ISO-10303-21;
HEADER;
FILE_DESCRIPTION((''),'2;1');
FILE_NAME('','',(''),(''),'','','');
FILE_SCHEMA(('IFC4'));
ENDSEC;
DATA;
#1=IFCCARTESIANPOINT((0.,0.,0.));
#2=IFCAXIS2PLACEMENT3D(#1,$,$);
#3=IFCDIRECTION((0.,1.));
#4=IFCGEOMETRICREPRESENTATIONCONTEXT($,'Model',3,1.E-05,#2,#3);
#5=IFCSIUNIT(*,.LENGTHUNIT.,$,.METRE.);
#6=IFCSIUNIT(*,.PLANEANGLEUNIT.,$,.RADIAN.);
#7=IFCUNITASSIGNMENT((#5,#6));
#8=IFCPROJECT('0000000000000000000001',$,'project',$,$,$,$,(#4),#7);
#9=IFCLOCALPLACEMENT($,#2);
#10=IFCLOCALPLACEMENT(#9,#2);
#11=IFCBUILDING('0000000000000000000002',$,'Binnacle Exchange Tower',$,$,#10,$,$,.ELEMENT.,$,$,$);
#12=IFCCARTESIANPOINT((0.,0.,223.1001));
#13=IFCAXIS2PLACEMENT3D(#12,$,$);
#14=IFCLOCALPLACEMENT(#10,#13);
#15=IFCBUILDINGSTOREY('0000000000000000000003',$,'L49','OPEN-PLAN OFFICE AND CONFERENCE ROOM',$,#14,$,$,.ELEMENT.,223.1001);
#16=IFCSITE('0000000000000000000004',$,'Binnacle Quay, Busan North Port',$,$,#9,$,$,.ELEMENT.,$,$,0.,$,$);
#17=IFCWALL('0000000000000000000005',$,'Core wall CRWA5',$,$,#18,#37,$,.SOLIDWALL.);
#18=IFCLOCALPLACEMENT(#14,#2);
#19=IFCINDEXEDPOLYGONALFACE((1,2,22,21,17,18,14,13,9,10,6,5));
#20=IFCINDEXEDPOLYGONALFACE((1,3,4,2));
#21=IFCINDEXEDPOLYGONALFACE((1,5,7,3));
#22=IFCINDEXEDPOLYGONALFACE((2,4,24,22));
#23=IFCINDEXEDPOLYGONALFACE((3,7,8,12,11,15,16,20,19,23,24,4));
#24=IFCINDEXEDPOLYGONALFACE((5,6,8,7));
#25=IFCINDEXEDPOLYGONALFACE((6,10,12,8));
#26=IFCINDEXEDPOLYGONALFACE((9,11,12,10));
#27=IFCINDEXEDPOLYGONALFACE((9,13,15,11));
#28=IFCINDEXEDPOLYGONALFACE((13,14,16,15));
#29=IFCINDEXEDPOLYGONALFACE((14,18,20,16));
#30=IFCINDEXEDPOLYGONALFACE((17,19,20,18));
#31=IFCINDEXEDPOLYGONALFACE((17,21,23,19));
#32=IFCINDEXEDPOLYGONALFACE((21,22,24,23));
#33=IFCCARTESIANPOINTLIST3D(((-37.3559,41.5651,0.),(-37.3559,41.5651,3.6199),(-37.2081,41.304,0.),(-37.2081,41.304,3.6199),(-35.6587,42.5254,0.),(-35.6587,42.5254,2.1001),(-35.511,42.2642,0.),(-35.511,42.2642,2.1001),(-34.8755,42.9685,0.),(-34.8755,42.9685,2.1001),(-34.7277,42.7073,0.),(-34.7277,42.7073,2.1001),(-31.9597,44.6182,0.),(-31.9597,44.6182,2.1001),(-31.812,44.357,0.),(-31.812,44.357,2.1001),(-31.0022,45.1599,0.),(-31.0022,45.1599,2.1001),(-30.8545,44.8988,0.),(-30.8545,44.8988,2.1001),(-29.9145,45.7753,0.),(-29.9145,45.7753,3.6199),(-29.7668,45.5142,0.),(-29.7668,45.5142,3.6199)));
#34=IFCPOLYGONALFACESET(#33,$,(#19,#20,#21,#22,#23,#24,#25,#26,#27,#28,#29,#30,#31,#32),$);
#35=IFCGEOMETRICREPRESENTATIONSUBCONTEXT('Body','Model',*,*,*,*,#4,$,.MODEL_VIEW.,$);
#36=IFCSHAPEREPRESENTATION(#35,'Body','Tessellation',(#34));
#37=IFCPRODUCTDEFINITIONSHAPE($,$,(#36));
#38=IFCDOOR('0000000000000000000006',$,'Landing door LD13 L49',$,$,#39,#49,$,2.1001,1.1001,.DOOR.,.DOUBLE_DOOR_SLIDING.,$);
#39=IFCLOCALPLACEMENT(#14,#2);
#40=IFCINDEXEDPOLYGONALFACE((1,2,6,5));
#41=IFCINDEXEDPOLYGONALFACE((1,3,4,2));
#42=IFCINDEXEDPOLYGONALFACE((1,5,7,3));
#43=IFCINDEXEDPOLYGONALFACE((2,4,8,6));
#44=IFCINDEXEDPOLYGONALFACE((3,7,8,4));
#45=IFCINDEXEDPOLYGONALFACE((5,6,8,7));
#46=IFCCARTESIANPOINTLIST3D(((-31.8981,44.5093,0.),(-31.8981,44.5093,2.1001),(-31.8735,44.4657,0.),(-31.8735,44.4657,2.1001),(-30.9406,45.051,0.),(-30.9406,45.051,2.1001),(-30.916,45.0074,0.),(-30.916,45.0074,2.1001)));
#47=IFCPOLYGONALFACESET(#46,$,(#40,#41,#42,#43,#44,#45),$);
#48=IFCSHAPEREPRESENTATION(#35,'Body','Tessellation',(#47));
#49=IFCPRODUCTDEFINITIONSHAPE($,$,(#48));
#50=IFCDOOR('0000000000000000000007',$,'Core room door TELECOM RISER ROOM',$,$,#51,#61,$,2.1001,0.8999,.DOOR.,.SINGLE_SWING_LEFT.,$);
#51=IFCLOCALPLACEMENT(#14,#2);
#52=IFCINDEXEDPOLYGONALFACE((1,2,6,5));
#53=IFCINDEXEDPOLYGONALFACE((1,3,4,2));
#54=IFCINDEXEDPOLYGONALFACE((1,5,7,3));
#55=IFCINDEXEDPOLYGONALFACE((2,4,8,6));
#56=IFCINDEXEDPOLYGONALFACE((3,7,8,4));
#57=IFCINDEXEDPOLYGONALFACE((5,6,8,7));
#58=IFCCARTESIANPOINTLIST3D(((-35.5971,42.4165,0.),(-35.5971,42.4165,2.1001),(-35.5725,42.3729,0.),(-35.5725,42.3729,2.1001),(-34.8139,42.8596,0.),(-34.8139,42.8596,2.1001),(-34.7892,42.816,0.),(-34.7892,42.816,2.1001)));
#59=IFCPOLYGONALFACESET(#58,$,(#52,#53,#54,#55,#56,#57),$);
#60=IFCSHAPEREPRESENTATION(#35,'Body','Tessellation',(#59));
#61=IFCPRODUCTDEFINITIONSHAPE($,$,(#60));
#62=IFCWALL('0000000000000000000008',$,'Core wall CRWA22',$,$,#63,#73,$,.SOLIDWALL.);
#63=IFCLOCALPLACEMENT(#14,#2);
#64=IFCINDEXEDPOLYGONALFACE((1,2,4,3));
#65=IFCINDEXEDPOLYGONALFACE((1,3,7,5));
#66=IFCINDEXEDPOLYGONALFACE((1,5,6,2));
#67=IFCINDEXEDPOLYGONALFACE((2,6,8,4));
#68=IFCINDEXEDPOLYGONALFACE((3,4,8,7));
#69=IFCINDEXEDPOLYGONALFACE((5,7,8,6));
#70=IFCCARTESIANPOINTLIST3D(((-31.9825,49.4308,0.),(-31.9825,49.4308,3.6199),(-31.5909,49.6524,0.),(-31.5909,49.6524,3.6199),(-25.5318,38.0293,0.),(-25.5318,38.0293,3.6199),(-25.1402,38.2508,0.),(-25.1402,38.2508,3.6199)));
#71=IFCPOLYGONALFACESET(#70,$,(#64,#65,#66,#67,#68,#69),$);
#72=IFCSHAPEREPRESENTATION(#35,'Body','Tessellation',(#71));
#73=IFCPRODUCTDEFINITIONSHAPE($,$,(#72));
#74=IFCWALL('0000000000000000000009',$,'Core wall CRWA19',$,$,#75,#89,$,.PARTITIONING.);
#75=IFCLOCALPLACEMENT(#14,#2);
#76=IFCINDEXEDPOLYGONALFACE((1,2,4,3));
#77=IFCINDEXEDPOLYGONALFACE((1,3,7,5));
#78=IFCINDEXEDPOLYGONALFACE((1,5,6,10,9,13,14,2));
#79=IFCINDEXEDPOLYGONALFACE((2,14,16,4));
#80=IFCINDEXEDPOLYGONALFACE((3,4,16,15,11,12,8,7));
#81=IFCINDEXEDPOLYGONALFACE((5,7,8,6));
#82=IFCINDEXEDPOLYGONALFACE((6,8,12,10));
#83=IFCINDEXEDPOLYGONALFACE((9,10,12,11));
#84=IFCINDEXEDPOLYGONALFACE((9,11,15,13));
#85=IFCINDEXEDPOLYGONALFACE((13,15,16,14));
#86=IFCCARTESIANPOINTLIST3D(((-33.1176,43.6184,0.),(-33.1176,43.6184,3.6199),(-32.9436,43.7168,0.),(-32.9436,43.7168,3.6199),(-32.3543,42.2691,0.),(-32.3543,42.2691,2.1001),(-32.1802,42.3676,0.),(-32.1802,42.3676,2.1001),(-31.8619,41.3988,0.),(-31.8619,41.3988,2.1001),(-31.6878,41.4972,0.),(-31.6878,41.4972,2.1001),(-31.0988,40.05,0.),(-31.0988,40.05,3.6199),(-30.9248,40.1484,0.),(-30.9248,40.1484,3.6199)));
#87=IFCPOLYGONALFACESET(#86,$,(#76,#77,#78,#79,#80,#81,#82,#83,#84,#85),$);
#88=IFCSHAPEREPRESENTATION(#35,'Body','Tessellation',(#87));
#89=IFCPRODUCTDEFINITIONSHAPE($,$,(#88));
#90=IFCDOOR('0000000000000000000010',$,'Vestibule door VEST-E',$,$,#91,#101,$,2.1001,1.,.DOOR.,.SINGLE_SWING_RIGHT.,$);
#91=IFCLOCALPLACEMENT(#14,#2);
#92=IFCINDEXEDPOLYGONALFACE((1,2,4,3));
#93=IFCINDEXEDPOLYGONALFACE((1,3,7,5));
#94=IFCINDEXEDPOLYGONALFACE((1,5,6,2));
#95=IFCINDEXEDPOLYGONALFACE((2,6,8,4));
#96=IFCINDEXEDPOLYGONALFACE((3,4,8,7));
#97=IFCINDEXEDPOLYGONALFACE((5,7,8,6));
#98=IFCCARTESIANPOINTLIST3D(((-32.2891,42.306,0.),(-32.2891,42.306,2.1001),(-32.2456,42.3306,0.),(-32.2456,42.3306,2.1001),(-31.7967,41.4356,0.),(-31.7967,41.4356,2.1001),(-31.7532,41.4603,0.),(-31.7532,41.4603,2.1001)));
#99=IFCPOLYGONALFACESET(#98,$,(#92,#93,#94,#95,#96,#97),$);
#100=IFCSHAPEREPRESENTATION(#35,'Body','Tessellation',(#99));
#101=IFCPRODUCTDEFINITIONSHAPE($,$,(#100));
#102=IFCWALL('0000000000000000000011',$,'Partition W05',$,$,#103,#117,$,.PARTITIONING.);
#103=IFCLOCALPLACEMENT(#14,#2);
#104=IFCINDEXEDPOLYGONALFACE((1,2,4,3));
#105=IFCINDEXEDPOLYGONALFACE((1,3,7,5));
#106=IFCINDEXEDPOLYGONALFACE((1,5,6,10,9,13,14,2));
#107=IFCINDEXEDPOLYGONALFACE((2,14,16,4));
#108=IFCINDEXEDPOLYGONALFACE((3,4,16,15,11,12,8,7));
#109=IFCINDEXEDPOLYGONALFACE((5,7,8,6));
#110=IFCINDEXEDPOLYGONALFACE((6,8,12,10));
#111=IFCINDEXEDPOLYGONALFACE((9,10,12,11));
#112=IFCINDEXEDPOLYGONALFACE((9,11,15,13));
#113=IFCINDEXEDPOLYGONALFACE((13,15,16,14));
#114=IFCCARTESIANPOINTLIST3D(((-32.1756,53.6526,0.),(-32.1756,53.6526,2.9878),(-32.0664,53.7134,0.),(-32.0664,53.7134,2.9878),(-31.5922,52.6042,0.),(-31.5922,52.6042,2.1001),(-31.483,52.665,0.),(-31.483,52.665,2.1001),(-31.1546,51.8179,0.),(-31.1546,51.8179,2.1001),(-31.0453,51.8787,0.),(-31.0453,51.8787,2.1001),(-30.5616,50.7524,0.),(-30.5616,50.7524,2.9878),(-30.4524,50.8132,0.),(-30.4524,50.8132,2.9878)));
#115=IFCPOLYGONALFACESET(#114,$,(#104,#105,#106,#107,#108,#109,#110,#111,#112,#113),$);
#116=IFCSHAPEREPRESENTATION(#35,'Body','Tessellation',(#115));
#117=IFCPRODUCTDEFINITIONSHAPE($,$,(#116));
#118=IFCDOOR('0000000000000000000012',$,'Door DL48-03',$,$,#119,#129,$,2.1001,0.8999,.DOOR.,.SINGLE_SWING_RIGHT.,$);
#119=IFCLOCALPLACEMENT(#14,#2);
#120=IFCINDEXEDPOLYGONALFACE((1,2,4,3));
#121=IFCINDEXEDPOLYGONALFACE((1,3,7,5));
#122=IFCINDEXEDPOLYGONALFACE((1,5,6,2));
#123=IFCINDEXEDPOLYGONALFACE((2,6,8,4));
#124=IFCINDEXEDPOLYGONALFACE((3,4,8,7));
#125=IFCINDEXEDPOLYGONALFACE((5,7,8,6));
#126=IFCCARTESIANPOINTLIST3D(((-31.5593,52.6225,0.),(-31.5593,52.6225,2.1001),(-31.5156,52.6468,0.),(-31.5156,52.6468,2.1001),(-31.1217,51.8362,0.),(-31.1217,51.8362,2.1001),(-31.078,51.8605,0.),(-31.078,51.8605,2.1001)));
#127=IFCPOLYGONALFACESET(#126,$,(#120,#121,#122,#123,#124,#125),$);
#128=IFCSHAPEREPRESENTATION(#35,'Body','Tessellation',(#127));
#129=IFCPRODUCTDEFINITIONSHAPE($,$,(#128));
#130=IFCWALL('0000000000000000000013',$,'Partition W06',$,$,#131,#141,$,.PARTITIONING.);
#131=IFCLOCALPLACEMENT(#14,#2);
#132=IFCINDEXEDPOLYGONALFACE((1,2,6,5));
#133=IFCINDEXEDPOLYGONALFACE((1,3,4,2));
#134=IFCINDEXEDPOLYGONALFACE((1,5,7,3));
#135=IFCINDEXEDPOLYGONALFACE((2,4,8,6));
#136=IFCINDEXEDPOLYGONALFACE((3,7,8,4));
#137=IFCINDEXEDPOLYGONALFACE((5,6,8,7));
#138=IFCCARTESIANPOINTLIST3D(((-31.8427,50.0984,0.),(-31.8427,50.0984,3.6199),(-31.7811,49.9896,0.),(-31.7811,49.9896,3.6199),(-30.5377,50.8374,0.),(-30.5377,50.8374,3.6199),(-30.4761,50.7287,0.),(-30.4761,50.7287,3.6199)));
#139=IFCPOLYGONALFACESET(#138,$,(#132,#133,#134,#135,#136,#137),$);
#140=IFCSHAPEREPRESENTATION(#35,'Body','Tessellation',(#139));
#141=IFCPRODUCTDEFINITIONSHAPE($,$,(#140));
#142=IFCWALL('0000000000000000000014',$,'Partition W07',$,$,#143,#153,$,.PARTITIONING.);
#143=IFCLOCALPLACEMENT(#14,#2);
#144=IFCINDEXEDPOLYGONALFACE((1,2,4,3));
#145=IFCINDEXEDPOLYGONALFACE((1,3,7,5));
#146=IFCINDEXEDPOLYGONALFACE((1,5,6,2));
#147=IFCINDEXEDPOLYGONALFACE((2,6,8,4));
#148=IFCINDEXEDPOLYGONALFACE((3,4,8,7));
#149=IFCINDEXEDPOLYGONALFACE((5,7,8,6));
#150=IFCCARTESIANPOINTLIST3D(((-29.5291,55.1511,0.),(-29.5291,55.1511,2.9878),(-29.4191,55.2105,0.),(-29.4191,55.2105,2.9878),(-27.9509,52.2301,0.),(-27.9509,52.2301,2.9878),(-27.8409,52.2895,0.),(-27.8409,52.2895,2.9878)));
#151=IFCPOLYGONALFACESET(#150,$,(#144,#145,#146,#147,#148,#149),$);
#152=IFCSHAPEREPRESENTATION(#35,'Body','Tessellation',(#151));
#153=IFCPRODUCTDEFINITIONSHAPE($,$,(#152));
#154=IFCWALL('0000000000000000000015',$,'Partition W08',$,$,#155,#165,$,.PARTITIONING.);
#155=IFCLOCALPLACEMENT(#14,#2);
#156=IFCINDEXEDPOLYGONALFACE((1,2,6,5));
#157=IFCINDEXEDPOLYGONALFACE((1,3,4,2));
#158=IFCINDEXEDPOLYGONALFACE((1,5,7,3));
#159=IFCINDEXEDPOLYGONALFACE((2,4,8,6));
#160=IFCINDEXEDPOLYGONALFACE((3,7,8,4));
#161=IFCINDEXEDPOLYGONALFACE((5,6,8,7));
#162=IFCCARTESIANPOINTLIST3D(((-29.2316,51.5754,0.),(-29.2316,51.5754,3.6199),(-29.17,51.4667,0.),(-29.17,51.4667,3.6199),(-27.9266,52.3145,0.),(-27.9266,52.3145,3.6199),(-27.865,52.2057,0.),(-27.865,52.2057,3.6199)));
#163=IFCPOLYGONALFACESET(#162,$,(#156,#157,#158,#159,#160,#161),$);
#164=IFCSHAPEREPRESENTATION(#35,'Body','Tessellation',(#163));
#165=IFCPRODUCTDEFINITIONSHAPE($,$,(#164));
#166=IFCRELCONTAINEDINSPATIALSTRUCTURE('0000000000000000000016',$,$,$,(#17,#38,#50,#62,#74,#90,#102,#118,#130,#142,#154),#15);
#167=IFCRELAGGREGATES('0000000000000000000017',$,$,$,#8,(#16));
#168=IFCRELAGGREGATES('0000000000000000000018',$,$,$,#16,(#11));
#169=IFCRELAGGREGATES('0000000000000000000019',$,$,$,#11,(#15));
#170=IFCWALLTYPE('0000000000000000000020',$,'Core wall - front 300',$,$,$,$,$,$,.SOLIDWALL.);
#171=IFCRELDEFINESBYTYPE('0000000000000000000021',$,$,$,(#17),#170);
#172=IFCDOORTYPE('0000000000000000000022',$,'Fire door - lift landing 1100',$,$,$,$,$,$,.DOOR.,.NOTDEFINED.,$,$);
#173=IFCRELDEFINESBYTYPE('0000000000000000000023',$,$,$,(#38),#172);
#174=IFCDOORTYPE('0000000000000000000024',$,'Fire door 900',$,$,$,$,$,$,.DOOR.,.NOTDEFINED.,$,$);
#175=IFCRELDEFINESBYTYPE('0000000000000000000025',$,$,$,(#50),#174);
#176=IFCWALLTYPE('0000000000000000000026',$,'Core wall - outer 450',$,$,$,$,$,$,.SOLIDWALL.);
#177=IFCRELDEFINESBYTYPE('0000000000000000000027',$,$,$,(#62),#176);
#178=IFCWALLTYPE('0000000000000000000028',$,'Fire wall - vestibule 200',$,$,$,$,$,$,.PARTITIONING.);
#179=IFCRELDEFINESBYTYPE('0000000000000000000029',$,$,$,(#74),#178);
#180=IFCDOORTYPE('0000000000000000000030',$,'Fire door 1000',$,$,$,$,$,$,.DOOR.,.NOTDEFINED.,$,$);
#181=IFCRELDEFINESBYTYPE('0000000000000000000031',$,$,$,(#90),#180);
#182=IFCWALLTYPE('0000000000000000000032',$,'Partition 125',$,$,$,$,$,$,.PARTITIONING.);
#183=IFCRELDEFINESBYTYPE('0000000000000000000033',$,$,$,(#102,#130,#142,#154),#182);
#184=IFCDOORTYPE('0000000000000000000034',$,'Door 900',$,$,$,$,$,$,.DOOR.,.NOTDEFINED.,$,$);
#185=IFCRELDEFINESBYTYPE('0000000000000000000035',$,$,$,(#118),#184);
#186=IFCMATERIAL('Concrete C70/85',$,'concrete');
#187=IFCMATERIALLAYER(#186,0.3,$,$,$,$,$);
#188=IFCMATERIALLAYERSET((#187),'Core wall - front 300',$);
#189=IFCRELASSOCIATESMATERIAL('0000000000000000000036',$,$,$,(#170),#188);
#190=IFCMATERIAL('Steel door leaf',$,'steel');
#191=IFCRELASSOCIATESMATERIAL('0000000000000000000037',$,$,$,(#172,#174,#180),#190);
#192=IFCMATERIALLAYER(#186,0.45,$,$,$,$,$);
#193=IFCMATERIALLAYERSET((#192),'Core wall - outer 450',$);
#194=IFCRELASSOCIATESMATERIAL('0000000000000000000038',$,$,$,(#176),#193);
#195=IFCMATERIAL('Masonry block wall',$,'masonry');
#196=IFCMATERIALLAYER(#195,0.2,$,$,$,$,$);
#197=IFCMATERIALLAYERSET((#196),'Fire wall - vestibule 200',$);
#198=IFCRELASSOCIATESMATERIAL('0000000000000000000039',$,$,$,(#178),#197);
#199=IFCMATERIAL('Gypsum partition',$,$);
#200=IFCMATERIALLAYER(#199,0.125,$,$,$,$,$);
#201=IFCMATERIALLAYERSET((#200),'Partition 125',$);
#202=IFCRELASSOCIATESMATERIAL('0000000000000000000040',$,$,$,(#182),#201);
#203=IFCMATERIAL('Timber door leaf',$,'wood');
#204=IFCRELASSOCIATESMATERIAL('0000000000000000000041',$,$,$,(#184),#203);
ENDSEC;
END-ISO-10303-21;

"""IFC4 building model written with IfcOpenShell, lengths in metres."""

from ifc_helpers import new_model, si_unit, direction, frame, frame_2d, origin, place, context, subcontext, project, spatial, rectangle, extrude, material, layer, layer_set, type_object, element, fill, save


model = new_model("IFC4")

# Units and contexts
model_context = context("Model", 3, precision=1e-05, world=origin(), true_north=direction((0.0, 1.0)))
body_context = subcontext(model_context, "Body", "Model", "MODEL_VIEW")
ifc_project = project(units=[si_unit("LENGTHUNIT", "METRE"), si_unit("PLANEANGLEUNIT", "RADIAN")], contexts=[model_context])

# Site, building, storey
site_placement = place(None, origin())
site = spatial("IfcSite", under=ifc_project, at=site_placement, Name="Binnacle Quay, Busan North Port", CompositionType="ELEMENT", RefElevation=0.0)
building_placement = place(site_placement, origin())
building = spatial("IfcBuilding", under=site, at=building_placement, Name="Binnacle Exchange Tower", CompositionType="ELEMENT")
storey_placement = place(building_placement, frame((0.0, 0.0, 223.1001)))
storey = spatial("IfcBuildingStorey", under=building, at=storey_placement, Name="L49", Description="OPEN-PLAN OFFICE AND CONFERENCE ROOM", CompositionType="ELEMENT", Elevation=223.1001)

# Wall, openings, doors
ifc_material_1 = material(Name="Concrete C70/85", Category="concrete")
ifc_layer_1 = layer(ifc_material_1, 0.3)
ifc_layer_set_1 = layer_set([ifc_layer_1], Name="Core wall - front 300")
wall_type_1 = type_object("IfcWallType", Name="Core wall - front 300", PredefinedType="SOLIDWALL", material=ifc_layer_set_1)
wall_1_placement = place(storey_placement, frame((-37.282, 41.4346, 0.0), z_axis=(0.0, 0.0, 1.0), x_axis=(0.870353, 0.492429, 0.0)))
wall_1 = element("IfcWall", 1, at=wall_1_placement, inside=storey, type_object=wall_type_1, Name="Core wall CRWA5", PredefinedType="SOLIDWALL", context=body_context, shape_type="SweptSolid", body=[
    extrude(rectangle(XDim=8.5498, YDim=0.3, at=frame_2d((4.2749, 0.0))), origin(), (0.0, 0.0, 1.0), 3.6199),
])
opening_1_placement = place(wall_1_placement, frame((6.2, 0.0, 0.0)))
opening_1 = element("IfcOpeningElement", 2, at=opening_1_placement, cuts=wall_1, PredefinedType="OPENING", context=body_context, shape_type="SweptSolid", body=[
    extrude(rectangle(XDim=1.1001, YDim=2.1001, at=frame_2d((0.55, 1.05))), frame((0.0, 0.1599, 0.0), z_axis=(0.0, -1.0, 0.0), x_axis=(1.0, 0.0, 0.0)), (0.0, 0.0, 1.0), 0.3201),
])
opening_2_placement = place(wall_1_placement, frame((1.95, 0.0, 0.0)))
opening_2 = element("IfcOpeningElement", 3, at=opening_2_placement, cuts=wall_1, PredefinedType="OPENING", context=body_context, shape_type="SweptSolid", body=[
    extrude(rectangle(XDim=0.8999, YDim=2.1001, at=frame_2d((0.45, 1.05))), frame((0.0, 0.1599, 0.0), z_axis=(0.0, -1.0, 0.0), x_axis=(1.0, 0.0, 0.0)), (0.0, 0.0, 1.0), 0.3201),
])
ifc_material_2 = material(Name="Steel door leaf", Category="steel")
door_type_1 = type_object("IfcDoorType", Name="Fire door - lift landing 1100", OperationType="NOTDEFINED", PredefinedType="DOOR", material=ifc_material_2)
door_1_placement = place(opening_1_placement, origin())
door_1 = element("IfcDoor", 4, at=door_1_placement, inside=storey, type_object=door_type_1, Name="Landing door LD13 L49", OperationType="DOUBLE_DOOR_SLIDING", OverallHeight=2.1001, OverallWidth=1.1001, PredefinedType="DOOR", context=body_context, shape_type="SweptSolid", body=[
    extrude(rectangle(XDim=1.1001, YDim=2.1001, at=frame_2d((0.55, 1.05))), frame((0.0, 0.0249, 0.0), z_axis=(0.0, -1.0, 0.0), x_axis=(1.0, 0.0, 0.0)), (0.0, 0.0, 1.0), 0.05),
])
fill(opening_1, door_1)
door_type_2 = type_object("IfcDoorType", Name="Fire door 900", OperationType="NOTDEFINED", PredefinedType="DOOR", material=ifc_material_2)
door_2_placement = place(opening_2_placement, origin())
door_2 = element("IfcDoor", 5, at=door_2_placement, inside=storey, type_object=door_type_2, Name="Core room door TELECOM RISER ROOM", OperationType="SINGLE_SWING_LEFT", OverallHeight=2.1001, OverallWidth=0.8999, PredefinedType="DOOR", context=body_context, shape_type="SweptSolid", body=[
    extrude(rectangle(XDim=0.8999, YDim=2.1001, at=frame_2d((0.45, 1.05))), frame((0.0, 0.0249, 0.0), z_axis=(0.0, -1.0, 0.0), x_axis=(1.0, 0.0, 0.0)), (0.0, 0.0, 1.0), 0.05),
])
fill(opening_2, door_2)

# Wall
ifc_layer_2 = layer(ifc_material_1, 0.45)
ifc_layer_set_2 = layer_set([ifc_layer_2], Name="Core wall - outer 450")
wall_type_2 = type_object("IfcWallType", Name="Core wall - outer 450", PredefinedType="SOLIDWALL", material=ifc_layer_set_2)
wall_2_placement = place(storey_placement, frame((-31.7866, 49.5415, 0.0), z_axis=(0.0, 0.0, 1.0), x_axis=(0.492421, -0.870357, 0.0)))
element("IfcWall", 6, at=wall_2_placement, inside=storey, type_object=wall_type_2, Name="Core wall CRWA22", PredefinedType="SOLIDWALL", context=body_context, shape_type="SweptSolid", body=[
    extrude(rectangle(XDim=13.0999, YDim=0.45, at=frame_2d((6.5498, 0.0))), origin(), (0.0, 0.0, 1.0), 3.6199),
])

# Walls, openings, doors
ifc_material_3 = material(Name="Masonry block wall", Category="masonry")
ifc_layer_3 = layer(ifc_material_3, 0.2)
ifc_layer_set_3 = layer_set([ifc_layer_3], Name="Fire wall - vestibule 200")
wall_type_3 = type_object("IfcWallType", Name="Fire wall - vestibule 200", PredefinedType="PARTITIONING", material=ifc_layer_set_3)
wall_3_placement = place(storey_placement, frame((-33.0305, 43.6675, 0.0), z_axis=(0.0, 0.0, 1.0), x_axis=(0.492408, -0.870364, 0.0)))
wall_3 = element("IfcWall", 7, at=wall_3_placement, inside=storey, type_object=wall_type_3, Name="Core wall CRWA19", PredefinedType="PARTITIONING", context=body_context, shape_type="SweptSolid", body=[
    extrude(rectangle(XDim=4.0999, YDim=0.2, at=frame_2d((2.0498, 0.0))), origin(), (0.0, 0.0, 1.0), 3.6199),
])
opening_3_placement = place(wall_3_placement, frame((1.55, 0.0, 0.0)))
opening_3 = element("IfcOpeningElement", 8, at=opening_3_placement, cuts=wall_3, PredefinedType="OPENING", context=body_context, shape_type="SweptSolid", body=[
    extrude(rectangle(XDim=1.0, YDim=2.1001, at=frame_2d((0.5, 1.05))), frame((0.0, 0.1099, 0.0), z_axis=(0.0, -1.0, 0.0), x_axis=(1.0, 0.0, 0.0)), (0.0, 0.0, 1.0), 0.22),
])
door_type_3 = type_object("IfcDoorType", Name="Fire door 1000", OperationType="NOTDEFINED", PredefinedType="DOOR", material=ifc_material_2)
door_3_placement = place(opening_3_placement, origin())
door_3 = element("IfcDoor", 9, at=door_3_placement, inside=storey, type_object=door_type_3, Name="Vestibule door VEST-E", OperationType="SINGLE_SWING_RIGHT", OverallHeight=2.1001, OverallWidth=1.0, PredefinedType="DOOR", context=body_context, shape_type="SweptSolid", body=[
    extrude(rectangle(XDim=1.0, YDim=2.1001, at=frame_2d((0.5, 1.05))), frame((0.0, 0.0249, 0.0), z_axis=(0.0, -1.0, 0.0), x_axis=(1.0, 0.0, 0.0)), (0.0, 0.0, 1.0), 0.05),
])
fill(opening_3, door_3)
ifc_material_4 = material(Name="Gypsum partition")
ifc_layer_4 = layer(ifc_material_4, 0.125)
ifc_layer_set_4 = layer_set([ifc_layer_4], Name="Partition 125")
wall_type_4 = type_object("IfcWallType", Name="Partition 125", PredefinedType="PARTITIONING", material=ifc_layer_set_4)
wall_4_placement = place(storey_placement, frame((-32.1211, 53.6831, 0.0), z_axis=(0.0, 0.0, 1.0), x_axis=(0.486292, -0.873796, 0.0)))
wall_4 = element("IfcWall", 10, at=wall_4_placement, inside=storey, type_object=wall_type_4, Name="Partition W05", PredefinedType="PARTITIONING", context=body_context, shape_type="SweptSolid", body=[
    extrude(rectangle(XDim=3.3191, YDim=0.125, at=frame_2d((1.6597, 0.0))), origin(), (0.0, 0.0, 1.0), 2.9878),
])
opening_4_placement = place(wall_4_placement, frame((1.2, 0.0, 0.0)))
opening_4 = element("IfcOpeningElement", 11, at=opening_4_placement, cuts=wall_4, PredefinedType="OPENING", context=body_context, shape_type="SweptSolid", body=[
    extrude(rectangle(XDim=0.8999, YDim=2.1001, at=frame_2d((0.45, 1.05))), frame((0.0, 0.0725, 0.0), z_axis=(0.0, -1.0, 0.0), x_axis=(1.0, 0.0, 0.0)), (0.0, 0.0, 1.0), 0.145),
])
ifc_material_5 = material(Name="Timber door leaf", Category="wood")
door_type_4 = type_object("IfcDoorType", Name="Door 900", OperationType="NOTDEFINED", PredefinedType="DOOR", material=ifc_material_5)
door_4_placement = place(opening_4_placement, frame((0.8999, 0.0, 0.0), z_axis=(0.0, 0.0, 1.0), x_axis=(-1.0, 0.0, 0.0)))
door_4 = element("IfcDoor", 12, at=door_4_placement, inside=storey, type_object=door_type_4, Name="Door DL48-03", OperationType="SINGLE_SWING_RIGHT", OverallHeight=2.1001, OverallWidth=0.8999, PredefinedType="DOOR", context=body_context, shape_type="SweptSolid", body=[
    extrude(rectangle(XDim=0.8999, YDim=2.1001, at=frame_2d((0.45, 1.05))), frame((0.0, 0.0249, 0.0), z_axis=(0.0, -1.0, 0.0), x_axis=(1.0, 0.0, 0.0)), (0.0, 0.0, 1.0), 0.05),
])
fill(opening_4, door_4)

# Walls
wall_5_placement = place(storey_placement, frame((-31.812, 50.0439, 0.0), z_axis=(0.0, 0.0, 1.0), x_axis=(0.87015, 0.492787, 0.0)))
element("IfcWall", 13, at=wall_5_placement, inside=storey, type_object=wall_type_4, Name="Partition W06", PredefinedType="PARTITIONING", context=body_context, shape_type="SweptSolid", body=[
    extrude(rectangle(XDim=1.4998, YDim=0.125, at=frame_2d((0.75, 0.0))), origin(), (0.0, 0.0, 1.0), 3.6199),
])
wall_6_placement = place(storey_placement, frame((-29.4741, 55.1809, 0.0), z_axis=(0.0, 0.0, 1.0), x_axis=(0.475345, -0.8798, 0.0)))
element("IfcWall", 14, at=wall_6_placement, inside=storey, type_object=wall_type_4, Name="Partition W07", PredefinedType="PARTITIONING", context=body_context, shape_type="SweptSolid", body=[
    extrude(rectangle(XDim=3.3201, YDim=0.125, at=frame_2d((1.6602, 0.0))), origin(), (0.0, 0.0, 1.0), 2.9878),
])
wall_7_placement = place(storey_placement, frame((-29.2009, 51.521, 0.0), z_axis=(0.0, 0.0, 1.0), x_axis=(0.87015, 0.492787, 0.0)))
element("IfcWall", 15, at=wall_7_placement, inside=storey, type_object=wall_type_4, Name="Partition W08", PredefinedType="PARTITIONING", context=body_context, shape_type="SweptSolid", body=[
    extrude(rectangle(XDim=1.4998, YDim=0.125, at=frame_2d((0.75, 0.0))), origin(), (0.0, 0.0, 1.0), 3.6199),
])

save(model, "model.ifc")
